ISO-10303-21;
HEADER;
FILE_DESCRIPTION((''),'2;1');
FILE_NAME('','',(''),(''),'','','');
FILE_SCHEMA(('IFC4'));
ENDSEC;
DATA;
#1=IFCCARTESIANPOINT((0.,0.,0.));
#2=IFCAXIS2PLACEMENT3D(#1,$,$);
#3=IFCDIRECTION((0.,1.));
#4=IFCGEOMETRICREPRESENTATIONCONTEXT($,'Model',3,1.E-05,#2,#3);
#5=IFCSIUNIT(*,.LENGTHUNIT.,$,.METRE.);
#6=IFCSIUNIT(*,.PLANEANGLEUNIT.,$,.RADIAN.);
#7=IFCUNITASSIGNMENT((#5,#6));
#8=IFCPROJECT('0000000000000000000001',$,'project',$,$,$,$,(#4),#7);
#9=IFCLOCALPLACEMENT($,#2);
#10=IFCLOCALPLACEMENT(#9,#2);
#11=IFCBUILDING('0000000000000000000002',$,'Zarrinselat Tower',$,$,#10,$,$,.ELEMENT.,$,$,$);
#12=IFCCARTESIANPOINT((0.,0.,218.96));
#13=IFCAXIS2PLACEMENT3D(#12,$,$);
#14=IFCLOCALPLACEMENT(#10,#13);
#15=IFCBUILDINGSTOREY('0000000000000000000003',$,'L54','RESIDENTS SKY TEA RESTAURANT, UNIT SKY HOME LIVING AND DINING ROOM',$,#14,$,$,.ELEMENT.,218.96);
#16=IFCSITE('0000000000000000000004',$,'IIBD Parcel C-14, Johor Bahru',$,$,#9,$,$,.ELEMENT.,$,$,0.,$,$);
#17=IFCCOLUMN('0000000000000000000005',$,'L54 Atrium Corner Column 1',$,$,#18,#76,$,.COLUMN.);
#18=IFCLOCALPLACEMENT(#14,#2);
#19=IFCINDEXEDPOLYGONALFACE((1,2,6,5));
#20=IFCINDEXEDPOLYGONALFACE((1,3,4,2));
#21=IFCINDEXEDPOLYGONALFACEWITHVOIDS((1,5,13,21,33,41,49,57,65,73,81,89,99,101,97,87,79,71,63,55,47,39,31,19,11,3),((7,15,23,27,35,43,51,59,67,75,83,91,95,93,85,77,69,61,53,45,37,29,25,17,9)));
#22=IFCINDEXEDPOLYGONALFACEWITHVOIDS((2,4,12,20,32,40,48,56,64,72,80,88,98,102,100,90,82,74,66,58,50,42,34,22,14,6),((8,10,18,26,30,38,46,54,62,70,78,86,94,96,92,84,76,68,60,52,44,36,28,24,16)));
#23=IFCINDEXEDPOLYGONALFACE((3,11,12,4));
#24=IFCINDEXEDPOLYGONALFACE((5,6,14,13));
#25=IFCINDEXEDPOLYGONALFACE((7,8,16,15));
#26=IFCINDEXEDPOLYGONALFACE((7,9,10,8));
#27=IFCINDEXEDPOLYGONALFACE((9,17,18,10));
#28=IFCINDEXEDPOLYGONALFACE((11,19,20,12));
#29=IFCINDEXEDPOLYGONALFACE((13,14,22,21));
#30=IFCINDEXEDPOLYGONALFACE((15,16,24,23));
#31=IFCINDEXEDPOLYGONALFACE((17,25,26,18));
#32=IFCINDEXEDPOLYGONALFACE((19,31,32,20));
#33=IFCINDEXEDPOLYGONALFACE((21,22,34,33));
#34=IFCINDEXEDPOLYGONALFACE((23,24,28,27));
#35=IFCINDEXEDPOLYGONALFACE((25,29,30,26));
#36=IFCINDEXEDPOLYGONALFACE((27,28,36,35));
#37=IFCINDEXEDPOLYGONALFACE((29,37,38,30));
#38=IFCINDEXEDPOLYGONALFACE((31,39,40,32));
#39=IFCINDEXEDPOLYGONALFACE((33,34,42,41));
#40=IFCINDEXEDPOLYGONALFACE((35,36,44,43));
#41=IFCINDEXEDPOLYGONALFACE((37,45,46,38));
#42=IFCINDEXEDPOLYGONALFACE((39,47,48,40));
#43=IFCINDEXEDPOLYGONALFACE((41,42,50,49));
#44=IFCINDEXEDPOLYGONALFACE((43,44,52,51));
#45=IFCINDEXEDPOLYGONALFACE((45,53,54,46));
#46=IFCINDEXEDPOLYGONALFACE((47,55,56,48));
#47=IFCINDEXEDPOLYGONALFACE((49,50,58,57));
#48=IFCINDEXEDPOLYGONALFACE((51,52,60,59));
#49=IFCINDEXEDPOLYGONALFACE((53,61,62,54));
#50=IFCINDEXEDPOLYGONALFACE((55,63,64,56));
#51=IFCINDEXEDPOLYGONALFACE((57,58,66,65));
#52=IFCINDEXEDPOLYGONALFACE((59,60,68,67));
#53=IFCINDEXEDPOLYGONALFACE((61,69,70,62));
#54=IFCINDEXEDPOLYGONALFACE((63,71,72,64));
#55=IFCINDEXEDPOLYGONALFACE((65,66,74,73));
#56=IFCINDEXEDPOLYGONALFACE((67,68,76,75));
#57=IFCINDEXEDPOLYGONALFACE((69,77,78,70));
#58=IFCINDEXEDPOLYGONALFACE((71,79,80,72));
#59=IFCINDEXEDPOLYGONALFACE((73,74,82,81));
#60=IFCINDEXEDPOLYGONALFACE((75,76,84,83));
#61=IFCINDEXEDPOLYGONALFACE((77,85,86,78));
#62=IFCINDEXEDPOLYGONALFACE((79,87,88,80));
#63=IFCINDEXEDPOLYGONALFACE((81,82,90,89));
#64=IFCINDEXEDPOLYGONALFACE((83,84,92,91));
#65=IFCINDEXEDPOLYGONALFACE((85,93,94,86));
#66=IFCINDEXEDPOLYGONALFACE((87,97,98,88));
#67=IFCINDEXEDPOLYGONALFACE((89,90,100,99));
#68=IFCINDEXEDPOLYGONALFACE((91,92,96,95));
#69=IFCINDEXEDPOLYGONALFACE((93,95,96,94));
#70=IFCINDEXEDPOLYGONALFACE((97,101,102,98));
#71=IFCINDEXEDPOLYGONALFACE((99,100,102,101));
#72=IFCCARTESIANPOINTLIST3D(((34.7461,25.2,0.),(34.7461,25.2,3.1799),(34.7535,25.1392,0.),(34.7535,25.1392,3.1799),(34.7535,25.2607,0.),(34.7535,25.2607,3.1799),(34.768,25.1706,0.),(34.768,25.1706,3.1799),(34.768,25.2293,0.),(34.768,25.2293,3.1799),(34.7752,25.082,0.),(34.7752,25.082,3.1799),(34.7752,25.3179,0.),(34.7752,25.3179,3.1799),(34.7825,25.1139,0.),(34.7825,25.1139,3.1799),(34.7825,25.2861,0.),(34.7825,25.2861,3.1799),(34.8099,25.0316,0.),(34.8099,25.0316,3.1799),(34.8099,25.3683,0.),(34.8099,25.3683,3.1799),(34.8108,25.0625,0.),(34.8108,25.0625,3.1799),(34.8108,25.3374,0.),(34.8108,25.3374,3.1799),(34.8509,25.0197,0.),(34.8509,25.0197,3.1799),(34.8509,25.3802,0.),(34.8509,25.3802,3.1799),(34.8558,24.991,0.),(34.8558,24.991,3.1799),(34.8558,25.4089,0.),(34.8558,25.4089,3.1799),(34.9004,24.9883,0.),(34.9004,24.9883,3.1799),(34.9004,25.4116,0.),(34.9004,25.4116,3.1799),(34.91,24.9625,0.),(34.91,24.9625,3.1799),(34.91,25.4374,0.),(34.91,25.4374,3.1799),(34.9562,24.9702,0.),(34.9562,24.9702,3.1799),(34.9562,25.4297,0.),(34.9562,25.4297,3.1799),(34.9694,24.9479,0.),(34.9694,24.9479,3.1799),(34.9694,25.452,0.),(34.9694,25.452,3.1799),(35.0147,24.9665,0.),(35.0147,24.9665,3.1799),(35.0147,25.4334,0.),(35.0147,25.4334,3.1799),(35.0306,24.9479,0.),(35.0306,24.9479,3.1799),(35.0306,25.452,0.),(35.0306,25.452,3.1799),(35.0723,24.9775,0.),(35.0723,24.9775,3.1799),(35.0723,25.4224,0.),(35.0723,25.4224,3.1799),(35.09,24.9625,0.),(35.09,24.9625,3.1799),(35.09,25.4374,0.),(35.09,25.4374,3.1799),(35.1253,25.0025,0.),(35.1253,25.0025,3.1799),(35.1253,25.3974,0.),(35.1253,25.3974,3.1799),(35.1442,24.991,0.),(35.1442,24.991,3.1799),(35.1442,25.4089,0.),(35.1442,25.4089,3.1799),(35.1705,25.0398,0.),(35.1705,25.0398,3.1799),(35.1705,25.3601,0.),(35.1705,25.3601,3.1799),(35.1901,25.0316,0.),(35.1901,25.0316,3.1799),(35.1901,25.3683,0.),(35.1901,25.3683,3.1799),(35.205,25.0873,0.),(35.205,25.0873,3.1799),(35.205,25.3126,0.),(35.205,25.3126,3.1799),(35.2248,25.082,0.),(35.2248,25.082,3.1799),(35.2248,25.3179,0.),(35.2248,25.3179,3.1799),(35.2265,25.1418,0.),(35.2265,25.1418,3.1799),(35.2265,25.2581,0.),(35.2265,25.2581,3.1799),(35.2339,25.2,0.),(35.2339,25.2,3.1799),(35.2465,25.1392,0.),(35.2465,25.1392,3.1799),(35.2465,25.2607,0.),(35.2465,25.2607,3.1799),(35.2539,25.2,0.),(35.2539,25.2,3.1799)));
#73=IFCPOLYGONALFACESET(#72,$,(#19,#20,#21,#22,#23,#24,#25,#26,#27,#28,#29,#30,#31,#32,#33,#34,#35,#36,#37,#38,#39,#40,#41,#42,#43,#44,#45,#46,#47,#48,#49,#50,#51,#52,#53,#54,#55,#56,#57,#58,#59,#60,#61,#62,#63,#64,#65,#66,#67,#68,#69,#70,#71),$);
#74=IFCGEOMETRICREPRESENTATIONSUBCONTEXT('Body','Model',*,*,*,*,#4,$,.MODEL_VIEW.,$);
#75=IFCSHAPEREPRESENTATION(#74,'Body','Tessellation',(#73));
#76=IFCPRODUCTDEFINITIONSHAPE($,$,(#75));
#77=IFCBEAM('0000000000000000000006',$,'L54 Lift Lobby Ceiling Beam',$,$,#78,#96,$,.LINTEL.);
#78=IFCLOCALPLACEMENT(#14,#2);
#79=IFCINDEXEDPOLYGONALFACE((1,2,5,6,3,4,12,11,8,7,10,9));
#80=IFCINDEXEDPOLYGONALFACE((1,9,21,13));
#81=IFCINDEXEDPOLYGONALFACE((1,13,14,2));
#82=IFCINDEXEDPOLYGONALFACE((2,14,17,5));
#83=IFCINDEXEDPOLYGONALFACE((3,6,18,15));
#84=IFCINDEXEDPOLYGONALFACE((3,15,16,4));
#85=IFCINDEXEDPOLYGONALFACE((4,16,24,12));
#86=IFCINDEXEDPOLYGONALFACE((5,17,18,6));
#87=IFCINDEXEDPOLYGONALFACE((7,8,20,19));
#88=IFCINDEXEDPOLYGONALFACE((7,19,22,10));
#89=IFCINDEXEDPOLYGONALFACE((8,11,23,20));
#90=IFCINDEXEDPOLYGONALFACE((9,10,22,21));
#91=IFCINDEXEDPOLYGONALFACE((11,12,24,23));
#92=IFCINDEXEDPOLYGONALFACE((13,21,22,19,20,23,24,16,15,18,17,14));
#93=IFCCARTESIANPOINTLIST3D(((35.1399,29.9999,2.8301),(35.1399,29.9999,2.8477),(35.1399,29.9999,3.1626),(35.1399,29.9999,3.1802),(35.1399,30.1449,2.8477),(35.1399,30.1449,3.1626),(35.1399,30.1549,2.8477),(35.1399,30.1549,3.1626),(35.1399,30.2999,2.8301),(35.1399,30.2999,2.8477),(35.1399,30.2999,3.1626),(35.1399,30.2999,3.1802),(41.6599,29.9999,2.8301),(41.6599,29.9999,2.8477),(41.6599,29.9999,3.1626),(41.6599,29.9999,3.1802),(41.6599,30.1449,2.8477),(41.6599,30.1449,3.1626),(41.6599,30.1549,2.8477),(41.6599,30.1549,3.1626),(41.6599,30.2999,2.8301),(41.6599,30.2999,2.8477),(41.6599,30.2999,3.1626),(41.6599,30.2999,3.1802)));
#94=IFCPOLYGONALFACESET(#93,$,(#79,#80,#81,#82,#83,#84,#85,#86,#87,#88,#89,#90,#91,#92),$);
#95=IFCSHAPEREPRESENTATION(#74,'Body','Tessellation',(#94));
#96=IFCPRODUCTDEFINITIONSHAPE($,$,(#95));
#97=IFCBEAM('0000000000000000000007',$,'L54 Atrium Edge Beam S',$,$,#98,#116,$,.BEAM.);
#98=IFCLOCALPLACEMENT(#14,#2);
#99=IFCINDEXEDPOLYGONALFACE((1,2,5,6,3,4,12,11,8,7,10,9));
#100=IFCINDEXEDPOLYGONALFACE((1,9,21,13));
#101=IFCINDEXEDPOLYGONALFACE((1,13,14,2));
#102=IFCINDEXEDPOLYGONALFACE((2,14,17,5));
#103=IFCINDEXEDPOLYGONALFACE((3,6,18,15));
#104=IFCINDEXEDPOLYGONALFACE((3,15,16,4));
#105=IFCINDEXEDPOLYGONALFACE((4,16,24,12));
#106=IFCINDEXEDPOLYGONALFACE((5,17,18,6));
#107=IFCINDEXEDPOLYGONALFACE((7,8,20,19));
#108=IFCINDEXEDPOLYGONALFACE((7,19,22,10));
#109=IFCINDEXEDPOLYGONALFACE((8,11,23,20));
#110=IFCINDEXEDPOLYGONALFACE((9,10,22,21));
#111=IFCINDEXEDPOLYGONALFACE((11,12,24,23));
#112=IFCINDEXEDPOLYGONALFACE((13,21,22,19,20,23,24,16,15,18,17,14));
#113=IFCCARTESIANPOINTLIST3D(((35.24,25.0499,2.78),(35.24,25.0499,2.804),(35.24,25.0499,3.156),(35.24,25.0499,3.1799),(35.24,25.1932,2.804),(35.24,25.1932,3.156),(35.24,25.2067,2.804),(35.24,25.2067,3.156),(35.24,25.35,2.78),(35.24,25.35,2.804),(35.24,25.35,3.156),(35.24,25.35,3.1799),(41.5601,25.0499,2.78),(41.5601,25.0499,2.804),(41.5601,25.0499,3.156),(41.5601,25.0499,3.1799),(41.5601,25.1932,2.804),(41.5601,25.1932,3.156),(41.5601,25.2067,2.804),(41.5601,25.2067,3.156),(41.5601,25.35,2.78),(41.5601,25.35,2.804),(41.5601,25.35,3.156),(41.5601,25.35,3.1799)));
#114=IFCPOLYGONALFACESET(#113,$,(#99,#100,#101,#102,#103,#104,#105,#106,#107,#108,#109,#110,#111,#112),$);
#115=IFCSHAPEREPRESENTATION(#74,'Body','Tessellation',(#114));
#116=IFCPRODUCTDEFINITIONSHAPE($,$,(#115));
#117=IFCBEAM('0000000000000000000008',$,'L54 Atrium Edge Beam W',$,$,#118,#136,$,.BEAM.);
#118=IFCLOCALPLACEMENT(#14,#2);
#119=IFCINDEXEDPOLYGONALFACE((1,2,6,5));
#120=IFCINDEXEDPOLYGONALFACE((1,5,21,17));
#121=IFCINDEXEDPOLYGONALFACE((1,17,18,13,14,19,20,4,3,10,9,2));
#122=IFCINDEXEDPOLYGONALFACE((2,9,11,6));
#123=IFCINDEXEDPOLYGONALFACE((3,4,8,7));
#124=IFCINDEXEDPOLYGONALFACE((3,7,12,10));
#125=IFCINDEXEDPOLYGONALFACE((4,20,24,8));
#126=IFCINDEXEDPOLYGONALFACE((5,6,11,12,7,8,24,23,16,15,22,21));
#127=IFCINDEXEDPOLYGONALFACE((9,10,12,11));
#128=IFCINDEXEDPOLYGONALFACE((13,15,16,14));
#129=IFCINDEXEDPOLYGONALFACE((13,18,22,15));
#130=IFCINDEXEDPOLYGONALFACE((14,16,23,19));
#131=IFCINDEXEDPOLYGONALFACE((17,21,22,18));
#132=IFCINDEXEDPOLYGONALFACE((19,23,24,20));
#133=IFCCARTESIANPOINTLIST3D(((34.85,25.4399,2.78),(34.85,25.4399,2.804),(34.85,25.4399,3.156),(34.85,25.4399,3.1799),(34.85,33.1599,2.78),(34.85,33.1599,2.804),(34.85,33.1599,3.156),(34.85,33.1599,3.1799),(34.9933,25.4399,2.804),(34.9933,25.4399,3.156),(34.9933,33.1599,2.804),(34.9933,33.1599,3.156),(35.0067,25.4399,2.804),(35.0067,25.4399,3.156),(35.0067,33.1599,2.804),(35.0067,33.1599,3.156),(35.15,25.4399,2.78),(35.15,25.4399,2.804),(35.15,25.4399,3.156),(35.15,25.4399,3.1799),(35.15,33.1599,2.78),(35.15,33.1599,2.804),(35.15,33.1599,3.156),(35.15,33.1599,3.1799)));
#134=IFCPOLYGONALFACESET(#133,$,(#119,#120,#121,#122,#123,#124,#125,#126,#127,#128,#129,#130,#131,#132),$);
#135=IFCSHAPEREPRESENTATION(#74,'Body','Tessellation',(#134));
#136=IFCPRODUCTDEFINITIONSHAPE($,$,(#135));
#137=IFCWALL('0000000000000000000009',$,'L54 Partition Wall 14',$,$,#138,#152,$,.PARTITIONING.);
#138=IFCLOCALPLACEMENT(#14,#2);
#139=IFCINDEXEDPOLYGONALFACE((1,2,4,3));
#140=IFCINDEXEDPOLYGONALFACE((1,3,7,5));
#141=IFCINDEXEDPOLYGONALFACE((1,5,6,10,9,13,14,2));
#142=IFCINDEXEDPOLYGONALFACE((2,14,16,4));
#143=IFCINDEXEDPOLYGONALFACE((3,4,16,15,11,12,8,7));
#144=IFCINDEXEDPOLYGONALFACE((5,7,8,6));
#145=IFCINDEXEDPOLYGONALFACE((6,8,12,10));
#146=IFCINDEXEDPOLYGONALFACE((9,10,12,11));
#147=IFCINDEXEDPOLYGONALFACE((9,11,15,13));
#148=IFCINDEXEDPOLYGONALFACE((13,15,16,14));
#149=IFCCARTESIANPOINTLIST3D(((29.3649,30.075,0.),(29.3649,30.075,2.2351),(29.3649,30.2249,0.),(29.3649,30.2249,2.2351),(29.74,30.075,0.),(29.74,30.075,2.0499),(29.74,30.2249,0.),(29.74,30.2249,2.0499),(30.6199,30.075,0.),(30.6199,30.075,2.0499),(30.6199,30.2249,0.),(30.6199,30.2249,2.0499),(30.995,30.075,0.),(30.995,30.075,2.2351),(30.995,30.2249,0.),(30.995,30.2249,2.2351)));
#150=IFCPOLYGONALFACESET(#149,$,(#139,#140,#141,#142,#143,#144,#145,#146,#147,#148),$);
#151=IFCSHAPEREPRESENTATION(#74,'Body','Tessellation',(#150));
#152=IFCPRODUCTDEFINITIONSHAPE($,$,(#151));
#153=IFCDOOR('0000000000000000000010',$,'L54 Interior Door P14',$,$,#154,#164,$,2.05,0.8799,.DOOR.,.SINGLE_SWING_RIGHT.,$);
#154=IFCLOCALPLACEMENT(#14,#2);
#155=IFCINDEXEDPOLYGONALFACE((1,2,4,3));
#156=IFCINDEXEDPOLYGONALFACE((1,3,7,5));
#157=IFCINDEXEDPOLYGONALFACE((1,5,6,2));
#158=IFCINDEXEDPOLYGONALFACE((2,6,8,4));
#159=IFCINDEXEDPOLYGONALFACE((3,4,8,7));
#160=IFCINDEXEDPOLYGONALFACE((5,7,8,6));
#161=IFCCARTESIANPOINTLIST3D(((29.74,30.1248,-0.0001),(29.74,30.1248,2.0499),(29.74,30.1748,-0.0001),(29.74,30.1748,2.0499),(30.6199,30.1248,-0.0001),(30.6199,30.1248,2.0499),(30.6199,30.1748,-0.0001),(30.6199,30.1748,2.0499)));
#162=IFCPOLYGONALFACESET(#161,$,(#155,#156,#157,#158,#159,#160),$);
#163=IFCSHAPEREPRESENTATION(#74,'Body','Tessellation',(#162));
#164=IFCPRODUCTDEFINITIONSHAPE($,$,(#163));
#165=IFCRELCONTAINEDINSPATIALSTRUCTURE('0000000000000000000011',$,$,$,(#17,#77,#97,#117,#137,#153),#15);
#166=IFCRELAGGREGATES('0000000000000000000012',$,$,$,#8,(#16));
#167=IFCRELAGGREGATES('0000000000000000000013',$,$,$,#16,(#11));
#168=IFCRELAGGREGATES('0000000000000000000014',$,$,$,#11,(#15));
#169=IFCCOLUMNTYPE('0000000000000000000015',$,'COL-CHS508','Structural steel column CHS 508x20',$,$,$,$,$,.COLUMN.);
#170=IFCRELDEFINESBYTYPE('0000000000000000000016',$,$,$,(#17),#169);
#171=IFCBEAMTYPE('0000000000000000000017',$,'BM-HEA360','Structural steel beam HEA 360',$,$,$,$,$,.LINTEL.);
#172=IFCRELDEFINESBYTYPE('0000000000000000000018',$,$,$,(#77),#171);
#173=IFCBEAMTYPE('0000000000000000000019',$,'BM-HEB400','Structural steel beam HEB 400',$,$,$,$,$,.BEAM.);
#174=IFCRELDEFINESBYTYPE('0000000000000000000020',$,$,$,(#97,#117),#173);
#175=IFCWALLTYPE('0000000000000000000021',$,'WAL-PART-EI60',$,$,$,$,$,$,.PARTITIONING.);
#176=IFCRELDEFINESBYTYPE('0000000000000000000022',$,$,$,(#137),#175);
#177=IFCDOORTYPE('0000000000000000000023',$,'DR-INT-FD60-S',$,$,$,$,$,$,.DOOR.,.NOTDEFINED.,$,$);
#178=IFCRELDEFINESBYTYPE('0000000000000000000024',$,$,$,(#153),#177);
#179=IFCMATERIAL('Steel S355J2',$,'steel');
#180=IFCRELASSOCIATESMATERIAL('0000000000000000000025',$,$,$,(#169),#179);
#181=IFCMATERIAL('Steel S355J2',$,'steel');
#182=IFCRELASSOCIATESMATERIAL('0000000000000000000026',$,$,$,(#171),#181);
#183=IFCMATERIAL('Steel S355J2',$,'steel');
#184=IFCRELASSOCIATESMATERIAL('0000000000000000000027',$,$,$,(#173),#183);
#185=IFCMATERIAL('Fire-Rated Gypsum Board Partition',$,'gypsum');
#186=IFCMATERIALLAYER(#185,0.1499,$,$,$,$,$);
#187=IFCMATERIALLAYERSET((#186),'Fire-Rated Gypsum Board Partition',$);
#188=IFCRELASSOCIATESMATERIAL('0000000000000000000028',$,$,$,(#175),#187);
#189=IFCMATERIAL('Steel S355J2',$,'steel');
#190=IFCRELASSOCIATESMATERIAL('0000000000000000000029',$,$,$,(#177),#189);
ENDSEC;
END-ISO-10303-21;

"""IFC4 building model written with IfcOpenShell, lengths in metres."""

from ifc_helpers import new_model, si_unit, direction, frame, frame_2d, origin, origin_2d, place, context, subcontext, project, spatial, rectangle, hollow_circle, i_section, extrude, material, layer, layer_set, material_profile, profile_set, type_object, element, fill, save


model = new_model("IFC4")

# Units and contexts
model_context = context("Model", 3, precision=1e-05, world=origin(), true_north=direction((0.0, 1.0)))
body_context = subcontext(model_context, "Body", "Model", "MODEL_VIEW")
ifc_project = project(units=[si_unit("LENGTHUNIT", "METRE"), si_unit("PLANEANGLEUNIT", "RADIAN")], contexts=[model_context])

# Site, building, storey
site_placement = place(None, origin())
site = spatial("IfcSite", under=ifc_project, at=site_placement, Name="IIBD Parcel C-14, Johor Bahru", CompositionType="ELEMENT", RefElevation=0.0)
building_placement = place(site_placement, origin())
building = spatial("IfcBuilding", under=site, at=building_placement, Name="Zarrinselat Tower", CompositionType="ELEMENT")
storey_placement = place(building_placement, frame((0.0, 0.0, 218.96)))
storey = spatial("IfcBuildingStorey", under=building, at=storey_placement, Name="L54", Description="RESIDENTS SKY TEA RESTAURANT, UNIT SKY HOME LIVING AND DINING ROOM", CompositionType="ELEMENT", Elevation=218.96)

# Column
ifc_material_1 = material(Name="Steel S355J2", Category="steel")
ifc_material_profile_1 = material_profile(ifc_material_1, hollow_circle(Radius=0.2539, WallThickness=0.02, at=origin_2d()), Name="CHS 508x20")
ifc_profile_set_1 = profile_set([ifc_material_profile_1], Name="Steel S355J2")
column_type = type_object("IfcColumnType", Name="COL-CHS508", Description="Structural steel column CHS 508x20", PredefinedType="COLUMN", material=ifc_profile_set_1)
column_placement = place(storey_placement, frame((35.0, 25.2, 0.0), z_axis=(0.0, 0.0, 1.0), x_axis=(1.0, 0.0, 0.0)))
element("IfcColumn", 1, at=column_placement, inside=storey, type_object=column_type, Name="L54 Atrium Corner Column 1", PredefinedType="COLUMN", context=body_context, shape_type="SweptSolid", body=[
    extrude(hollow_circle(Radius=0.2539, WallThickness=0.02, at=origin_2d()), origin(), (0.0, 0.0, 1.0), 3.1799),
])

# Beams
ifc_material_2 = material(Name="Steel S355J2", Category="steel")
ifc_material_profile_2 = material_profile(ifc_material_2, i_section(OverallWidth=0.3, OverallDepth=0.3501, WebThickness=0.01, FlangeThickness=0.0176, at=origin_2d()), Name="HEA 360")
ifc_profile_set_2 = profile_set([ifc_material_profile_2], Name="Steel S355J2")
beam_type_1 = type_object("IfcBeamType", Name="BM-HEA360", Description="Structural steel beam HEA 360", PredefinedType="LINTEL", material=ifc_profile_set_2)
beam_1_placement = place(storey_placement, frame((35.1399, 30.1499, 3.0051), z_axis=(1.0, 0.0, 0.0), x_axis=(0.0, 1.0, 0.0)))
element("IfcBeam", 2, at=beam_1_placement, inside=storey, type_object=beam_type_1, Name="L54 Lift Lobby Ceiling Beam", PredefinedType="LINTEL", context=body_context, shape_type="SweptSolid", body=[
    extrude(i_section(OverallWidth=0.3, OverallDepth=0.3501, WebThickness=0.01, FlangeThickness=0.0176, at=origin_2d()), origin(), (0.0, 0.0, 1.0), 6.52),
])
ifc_material_3 = material(Name="Steel S355J2", Category="steel")
ifc_material_profile_3 = material_profile(ifc_material_3, i_section(OverallWidth=0.3, OverallDepth=0.3999, WebThickness=0.0134, FlangeThickness=0.0239, at=origin_2d()), Name="HEB 400")
ifc_profile_set_3 = profile_set([ifc_material_profile_3], Name="Steel S355J2")
beam_type_2 = type_object("IfcBeamType", Name="BM-HEB400", Description="Structural steel beam HEB 400", PredefinedType="BEAM", material=ifc_profile_set_3)
beam_2_placement = place(storey_placement, frame((35.24, 25.2, 2.98), z_axis=(1.0, 0.0, 0.0), x_axis=(0.0, 1.0, 0.0)))
element("IfcBeam", 3, at=beam_2_placement, inside=storey, type_object=beam_type_2, Name="L54 Atrium Edge Beam S", PredefinedType="BEAM", context=body_context, shape_type="SweptSolid", body=[
    extrude(i_section(OverallWidth=0.3, OverallDepth=0.3999, WebThickness=0.0134, FlangeThickness=0.0239, at=origin_2d()), origin(), (0.0, 0.0, 1.0), 6.3201),
])
beam_3_placement = place(storey_placement, frame((35.0, 25.4399, 2.98), z_axis=(0.0, 1.0, 0.0), x_axis=(-1.0, 0.0, 0.0)))
element("IfcBeam", 4, at=beam_3_placement, inside=storey, type_object=beam_type_2, Name="L54 Atrium Edge Beam W", PredefinedType="BEAM", context=body_context, shape_type="SweptSolid", body=[
    extrude(i_section(OverallWidth=0.3, OverallDepth=0.3999, WebThickness=0.0134, FlangeThickness=0.0239, at=origin_2d()), origin(), (0.0, 0.0, 1.0), 7.72),
])

# Wall, opening, door
ifc_material_4 = material(Name="Fire-Rated Gypsum Board Partition", Category="gypsum")
ifc_layer_1 = layer(ifc_material_4, 0.1499)
ifc_layer_set_1 = layer_set([ifc_layer_1], Name="Fire-Rated Gypsum Board Partition")
wall_type_1 = type_object("IfcWallType", Name="WAL-PART-EI60", PredefinedType="PARTITIONING", material=ifc_layer_set_1)
wall_1_placement = place(storey_placement, frame((29.365, 30.1499, 0.0), z_axis=(0.0, 0.0, 1.0), x_axis=(1.0, 0.0, 0.0)))
wall_1 = element("IfcWall", 5, at=wall_1_placement, inside=storey, type_object=wall_type_1, Name="L54 Partition Wall 14", PredefinedType="PARTITIONING", context=body_context, shape_type="SweptSolid", body=[
    extrude(rectangle(XDim=1.6301, YDim=0.1499, at=frame_2d((0.8149, 0.0))), origin(), (0.0, 0.0, 1.0), 2.2351),
])
opening_1_placement = place(wall_1_placement, frame((0.375, 0.0, 0.0)))
opening_1 = element("IfcOpeningElement", 6, at=opening_1_placement, cuts=wall_1, PredefinedType="OPENING", context=body_context, shape_type="SweptSolid", body=[
    extrude(rectangle(XDim=0.8799, YDim=2.05, at=frame_2d((0.4399, 1.0249))), frame((0.0, 0.085, 0.0), z_axis=(0.0, -1.0, 0.0), x_axis=(1.0, 0.0, 0.0)), (0.0, 0.0, 1.0), 0.1699),
])
ifc_material_5 = material(Name="Steel S355J2", Category="steel")
door_type_1 = type_object("IfcDoorType", Name="DR-INT-FD60-S", OperationType="NOTDEFINED", PredefinedType="DOOR", material=ifc_material_5)
door_1_placement = place(opening_1_placement, origin())
door_1 = element("IfcDoor", 7, at=door_1_placement, inside=storey, type_object=door_type_1, Name="L54 Interior Door P14", OperationType="SINGLE_SWING_RIGHT", OverallHeight=2.05, OverallWidth=0.8799, PredefinedType="DOOR", context=body_context, shape_type="SweptSolid", body=[
    extrude(rectangle(XDim=0.8799, YDim=2.05, at=frame_2d((0.4399, 1.0249))), frame((0.0, 0.0249, 0.0), z_axis=(0.0, -1.0, 0.0), x_axis=(1.0, 0.0, 0.0)), (0.0, 0.0, 1.0), 0.05),
])
fill(opening_1, door_1)

save(model, "model.ifc")
